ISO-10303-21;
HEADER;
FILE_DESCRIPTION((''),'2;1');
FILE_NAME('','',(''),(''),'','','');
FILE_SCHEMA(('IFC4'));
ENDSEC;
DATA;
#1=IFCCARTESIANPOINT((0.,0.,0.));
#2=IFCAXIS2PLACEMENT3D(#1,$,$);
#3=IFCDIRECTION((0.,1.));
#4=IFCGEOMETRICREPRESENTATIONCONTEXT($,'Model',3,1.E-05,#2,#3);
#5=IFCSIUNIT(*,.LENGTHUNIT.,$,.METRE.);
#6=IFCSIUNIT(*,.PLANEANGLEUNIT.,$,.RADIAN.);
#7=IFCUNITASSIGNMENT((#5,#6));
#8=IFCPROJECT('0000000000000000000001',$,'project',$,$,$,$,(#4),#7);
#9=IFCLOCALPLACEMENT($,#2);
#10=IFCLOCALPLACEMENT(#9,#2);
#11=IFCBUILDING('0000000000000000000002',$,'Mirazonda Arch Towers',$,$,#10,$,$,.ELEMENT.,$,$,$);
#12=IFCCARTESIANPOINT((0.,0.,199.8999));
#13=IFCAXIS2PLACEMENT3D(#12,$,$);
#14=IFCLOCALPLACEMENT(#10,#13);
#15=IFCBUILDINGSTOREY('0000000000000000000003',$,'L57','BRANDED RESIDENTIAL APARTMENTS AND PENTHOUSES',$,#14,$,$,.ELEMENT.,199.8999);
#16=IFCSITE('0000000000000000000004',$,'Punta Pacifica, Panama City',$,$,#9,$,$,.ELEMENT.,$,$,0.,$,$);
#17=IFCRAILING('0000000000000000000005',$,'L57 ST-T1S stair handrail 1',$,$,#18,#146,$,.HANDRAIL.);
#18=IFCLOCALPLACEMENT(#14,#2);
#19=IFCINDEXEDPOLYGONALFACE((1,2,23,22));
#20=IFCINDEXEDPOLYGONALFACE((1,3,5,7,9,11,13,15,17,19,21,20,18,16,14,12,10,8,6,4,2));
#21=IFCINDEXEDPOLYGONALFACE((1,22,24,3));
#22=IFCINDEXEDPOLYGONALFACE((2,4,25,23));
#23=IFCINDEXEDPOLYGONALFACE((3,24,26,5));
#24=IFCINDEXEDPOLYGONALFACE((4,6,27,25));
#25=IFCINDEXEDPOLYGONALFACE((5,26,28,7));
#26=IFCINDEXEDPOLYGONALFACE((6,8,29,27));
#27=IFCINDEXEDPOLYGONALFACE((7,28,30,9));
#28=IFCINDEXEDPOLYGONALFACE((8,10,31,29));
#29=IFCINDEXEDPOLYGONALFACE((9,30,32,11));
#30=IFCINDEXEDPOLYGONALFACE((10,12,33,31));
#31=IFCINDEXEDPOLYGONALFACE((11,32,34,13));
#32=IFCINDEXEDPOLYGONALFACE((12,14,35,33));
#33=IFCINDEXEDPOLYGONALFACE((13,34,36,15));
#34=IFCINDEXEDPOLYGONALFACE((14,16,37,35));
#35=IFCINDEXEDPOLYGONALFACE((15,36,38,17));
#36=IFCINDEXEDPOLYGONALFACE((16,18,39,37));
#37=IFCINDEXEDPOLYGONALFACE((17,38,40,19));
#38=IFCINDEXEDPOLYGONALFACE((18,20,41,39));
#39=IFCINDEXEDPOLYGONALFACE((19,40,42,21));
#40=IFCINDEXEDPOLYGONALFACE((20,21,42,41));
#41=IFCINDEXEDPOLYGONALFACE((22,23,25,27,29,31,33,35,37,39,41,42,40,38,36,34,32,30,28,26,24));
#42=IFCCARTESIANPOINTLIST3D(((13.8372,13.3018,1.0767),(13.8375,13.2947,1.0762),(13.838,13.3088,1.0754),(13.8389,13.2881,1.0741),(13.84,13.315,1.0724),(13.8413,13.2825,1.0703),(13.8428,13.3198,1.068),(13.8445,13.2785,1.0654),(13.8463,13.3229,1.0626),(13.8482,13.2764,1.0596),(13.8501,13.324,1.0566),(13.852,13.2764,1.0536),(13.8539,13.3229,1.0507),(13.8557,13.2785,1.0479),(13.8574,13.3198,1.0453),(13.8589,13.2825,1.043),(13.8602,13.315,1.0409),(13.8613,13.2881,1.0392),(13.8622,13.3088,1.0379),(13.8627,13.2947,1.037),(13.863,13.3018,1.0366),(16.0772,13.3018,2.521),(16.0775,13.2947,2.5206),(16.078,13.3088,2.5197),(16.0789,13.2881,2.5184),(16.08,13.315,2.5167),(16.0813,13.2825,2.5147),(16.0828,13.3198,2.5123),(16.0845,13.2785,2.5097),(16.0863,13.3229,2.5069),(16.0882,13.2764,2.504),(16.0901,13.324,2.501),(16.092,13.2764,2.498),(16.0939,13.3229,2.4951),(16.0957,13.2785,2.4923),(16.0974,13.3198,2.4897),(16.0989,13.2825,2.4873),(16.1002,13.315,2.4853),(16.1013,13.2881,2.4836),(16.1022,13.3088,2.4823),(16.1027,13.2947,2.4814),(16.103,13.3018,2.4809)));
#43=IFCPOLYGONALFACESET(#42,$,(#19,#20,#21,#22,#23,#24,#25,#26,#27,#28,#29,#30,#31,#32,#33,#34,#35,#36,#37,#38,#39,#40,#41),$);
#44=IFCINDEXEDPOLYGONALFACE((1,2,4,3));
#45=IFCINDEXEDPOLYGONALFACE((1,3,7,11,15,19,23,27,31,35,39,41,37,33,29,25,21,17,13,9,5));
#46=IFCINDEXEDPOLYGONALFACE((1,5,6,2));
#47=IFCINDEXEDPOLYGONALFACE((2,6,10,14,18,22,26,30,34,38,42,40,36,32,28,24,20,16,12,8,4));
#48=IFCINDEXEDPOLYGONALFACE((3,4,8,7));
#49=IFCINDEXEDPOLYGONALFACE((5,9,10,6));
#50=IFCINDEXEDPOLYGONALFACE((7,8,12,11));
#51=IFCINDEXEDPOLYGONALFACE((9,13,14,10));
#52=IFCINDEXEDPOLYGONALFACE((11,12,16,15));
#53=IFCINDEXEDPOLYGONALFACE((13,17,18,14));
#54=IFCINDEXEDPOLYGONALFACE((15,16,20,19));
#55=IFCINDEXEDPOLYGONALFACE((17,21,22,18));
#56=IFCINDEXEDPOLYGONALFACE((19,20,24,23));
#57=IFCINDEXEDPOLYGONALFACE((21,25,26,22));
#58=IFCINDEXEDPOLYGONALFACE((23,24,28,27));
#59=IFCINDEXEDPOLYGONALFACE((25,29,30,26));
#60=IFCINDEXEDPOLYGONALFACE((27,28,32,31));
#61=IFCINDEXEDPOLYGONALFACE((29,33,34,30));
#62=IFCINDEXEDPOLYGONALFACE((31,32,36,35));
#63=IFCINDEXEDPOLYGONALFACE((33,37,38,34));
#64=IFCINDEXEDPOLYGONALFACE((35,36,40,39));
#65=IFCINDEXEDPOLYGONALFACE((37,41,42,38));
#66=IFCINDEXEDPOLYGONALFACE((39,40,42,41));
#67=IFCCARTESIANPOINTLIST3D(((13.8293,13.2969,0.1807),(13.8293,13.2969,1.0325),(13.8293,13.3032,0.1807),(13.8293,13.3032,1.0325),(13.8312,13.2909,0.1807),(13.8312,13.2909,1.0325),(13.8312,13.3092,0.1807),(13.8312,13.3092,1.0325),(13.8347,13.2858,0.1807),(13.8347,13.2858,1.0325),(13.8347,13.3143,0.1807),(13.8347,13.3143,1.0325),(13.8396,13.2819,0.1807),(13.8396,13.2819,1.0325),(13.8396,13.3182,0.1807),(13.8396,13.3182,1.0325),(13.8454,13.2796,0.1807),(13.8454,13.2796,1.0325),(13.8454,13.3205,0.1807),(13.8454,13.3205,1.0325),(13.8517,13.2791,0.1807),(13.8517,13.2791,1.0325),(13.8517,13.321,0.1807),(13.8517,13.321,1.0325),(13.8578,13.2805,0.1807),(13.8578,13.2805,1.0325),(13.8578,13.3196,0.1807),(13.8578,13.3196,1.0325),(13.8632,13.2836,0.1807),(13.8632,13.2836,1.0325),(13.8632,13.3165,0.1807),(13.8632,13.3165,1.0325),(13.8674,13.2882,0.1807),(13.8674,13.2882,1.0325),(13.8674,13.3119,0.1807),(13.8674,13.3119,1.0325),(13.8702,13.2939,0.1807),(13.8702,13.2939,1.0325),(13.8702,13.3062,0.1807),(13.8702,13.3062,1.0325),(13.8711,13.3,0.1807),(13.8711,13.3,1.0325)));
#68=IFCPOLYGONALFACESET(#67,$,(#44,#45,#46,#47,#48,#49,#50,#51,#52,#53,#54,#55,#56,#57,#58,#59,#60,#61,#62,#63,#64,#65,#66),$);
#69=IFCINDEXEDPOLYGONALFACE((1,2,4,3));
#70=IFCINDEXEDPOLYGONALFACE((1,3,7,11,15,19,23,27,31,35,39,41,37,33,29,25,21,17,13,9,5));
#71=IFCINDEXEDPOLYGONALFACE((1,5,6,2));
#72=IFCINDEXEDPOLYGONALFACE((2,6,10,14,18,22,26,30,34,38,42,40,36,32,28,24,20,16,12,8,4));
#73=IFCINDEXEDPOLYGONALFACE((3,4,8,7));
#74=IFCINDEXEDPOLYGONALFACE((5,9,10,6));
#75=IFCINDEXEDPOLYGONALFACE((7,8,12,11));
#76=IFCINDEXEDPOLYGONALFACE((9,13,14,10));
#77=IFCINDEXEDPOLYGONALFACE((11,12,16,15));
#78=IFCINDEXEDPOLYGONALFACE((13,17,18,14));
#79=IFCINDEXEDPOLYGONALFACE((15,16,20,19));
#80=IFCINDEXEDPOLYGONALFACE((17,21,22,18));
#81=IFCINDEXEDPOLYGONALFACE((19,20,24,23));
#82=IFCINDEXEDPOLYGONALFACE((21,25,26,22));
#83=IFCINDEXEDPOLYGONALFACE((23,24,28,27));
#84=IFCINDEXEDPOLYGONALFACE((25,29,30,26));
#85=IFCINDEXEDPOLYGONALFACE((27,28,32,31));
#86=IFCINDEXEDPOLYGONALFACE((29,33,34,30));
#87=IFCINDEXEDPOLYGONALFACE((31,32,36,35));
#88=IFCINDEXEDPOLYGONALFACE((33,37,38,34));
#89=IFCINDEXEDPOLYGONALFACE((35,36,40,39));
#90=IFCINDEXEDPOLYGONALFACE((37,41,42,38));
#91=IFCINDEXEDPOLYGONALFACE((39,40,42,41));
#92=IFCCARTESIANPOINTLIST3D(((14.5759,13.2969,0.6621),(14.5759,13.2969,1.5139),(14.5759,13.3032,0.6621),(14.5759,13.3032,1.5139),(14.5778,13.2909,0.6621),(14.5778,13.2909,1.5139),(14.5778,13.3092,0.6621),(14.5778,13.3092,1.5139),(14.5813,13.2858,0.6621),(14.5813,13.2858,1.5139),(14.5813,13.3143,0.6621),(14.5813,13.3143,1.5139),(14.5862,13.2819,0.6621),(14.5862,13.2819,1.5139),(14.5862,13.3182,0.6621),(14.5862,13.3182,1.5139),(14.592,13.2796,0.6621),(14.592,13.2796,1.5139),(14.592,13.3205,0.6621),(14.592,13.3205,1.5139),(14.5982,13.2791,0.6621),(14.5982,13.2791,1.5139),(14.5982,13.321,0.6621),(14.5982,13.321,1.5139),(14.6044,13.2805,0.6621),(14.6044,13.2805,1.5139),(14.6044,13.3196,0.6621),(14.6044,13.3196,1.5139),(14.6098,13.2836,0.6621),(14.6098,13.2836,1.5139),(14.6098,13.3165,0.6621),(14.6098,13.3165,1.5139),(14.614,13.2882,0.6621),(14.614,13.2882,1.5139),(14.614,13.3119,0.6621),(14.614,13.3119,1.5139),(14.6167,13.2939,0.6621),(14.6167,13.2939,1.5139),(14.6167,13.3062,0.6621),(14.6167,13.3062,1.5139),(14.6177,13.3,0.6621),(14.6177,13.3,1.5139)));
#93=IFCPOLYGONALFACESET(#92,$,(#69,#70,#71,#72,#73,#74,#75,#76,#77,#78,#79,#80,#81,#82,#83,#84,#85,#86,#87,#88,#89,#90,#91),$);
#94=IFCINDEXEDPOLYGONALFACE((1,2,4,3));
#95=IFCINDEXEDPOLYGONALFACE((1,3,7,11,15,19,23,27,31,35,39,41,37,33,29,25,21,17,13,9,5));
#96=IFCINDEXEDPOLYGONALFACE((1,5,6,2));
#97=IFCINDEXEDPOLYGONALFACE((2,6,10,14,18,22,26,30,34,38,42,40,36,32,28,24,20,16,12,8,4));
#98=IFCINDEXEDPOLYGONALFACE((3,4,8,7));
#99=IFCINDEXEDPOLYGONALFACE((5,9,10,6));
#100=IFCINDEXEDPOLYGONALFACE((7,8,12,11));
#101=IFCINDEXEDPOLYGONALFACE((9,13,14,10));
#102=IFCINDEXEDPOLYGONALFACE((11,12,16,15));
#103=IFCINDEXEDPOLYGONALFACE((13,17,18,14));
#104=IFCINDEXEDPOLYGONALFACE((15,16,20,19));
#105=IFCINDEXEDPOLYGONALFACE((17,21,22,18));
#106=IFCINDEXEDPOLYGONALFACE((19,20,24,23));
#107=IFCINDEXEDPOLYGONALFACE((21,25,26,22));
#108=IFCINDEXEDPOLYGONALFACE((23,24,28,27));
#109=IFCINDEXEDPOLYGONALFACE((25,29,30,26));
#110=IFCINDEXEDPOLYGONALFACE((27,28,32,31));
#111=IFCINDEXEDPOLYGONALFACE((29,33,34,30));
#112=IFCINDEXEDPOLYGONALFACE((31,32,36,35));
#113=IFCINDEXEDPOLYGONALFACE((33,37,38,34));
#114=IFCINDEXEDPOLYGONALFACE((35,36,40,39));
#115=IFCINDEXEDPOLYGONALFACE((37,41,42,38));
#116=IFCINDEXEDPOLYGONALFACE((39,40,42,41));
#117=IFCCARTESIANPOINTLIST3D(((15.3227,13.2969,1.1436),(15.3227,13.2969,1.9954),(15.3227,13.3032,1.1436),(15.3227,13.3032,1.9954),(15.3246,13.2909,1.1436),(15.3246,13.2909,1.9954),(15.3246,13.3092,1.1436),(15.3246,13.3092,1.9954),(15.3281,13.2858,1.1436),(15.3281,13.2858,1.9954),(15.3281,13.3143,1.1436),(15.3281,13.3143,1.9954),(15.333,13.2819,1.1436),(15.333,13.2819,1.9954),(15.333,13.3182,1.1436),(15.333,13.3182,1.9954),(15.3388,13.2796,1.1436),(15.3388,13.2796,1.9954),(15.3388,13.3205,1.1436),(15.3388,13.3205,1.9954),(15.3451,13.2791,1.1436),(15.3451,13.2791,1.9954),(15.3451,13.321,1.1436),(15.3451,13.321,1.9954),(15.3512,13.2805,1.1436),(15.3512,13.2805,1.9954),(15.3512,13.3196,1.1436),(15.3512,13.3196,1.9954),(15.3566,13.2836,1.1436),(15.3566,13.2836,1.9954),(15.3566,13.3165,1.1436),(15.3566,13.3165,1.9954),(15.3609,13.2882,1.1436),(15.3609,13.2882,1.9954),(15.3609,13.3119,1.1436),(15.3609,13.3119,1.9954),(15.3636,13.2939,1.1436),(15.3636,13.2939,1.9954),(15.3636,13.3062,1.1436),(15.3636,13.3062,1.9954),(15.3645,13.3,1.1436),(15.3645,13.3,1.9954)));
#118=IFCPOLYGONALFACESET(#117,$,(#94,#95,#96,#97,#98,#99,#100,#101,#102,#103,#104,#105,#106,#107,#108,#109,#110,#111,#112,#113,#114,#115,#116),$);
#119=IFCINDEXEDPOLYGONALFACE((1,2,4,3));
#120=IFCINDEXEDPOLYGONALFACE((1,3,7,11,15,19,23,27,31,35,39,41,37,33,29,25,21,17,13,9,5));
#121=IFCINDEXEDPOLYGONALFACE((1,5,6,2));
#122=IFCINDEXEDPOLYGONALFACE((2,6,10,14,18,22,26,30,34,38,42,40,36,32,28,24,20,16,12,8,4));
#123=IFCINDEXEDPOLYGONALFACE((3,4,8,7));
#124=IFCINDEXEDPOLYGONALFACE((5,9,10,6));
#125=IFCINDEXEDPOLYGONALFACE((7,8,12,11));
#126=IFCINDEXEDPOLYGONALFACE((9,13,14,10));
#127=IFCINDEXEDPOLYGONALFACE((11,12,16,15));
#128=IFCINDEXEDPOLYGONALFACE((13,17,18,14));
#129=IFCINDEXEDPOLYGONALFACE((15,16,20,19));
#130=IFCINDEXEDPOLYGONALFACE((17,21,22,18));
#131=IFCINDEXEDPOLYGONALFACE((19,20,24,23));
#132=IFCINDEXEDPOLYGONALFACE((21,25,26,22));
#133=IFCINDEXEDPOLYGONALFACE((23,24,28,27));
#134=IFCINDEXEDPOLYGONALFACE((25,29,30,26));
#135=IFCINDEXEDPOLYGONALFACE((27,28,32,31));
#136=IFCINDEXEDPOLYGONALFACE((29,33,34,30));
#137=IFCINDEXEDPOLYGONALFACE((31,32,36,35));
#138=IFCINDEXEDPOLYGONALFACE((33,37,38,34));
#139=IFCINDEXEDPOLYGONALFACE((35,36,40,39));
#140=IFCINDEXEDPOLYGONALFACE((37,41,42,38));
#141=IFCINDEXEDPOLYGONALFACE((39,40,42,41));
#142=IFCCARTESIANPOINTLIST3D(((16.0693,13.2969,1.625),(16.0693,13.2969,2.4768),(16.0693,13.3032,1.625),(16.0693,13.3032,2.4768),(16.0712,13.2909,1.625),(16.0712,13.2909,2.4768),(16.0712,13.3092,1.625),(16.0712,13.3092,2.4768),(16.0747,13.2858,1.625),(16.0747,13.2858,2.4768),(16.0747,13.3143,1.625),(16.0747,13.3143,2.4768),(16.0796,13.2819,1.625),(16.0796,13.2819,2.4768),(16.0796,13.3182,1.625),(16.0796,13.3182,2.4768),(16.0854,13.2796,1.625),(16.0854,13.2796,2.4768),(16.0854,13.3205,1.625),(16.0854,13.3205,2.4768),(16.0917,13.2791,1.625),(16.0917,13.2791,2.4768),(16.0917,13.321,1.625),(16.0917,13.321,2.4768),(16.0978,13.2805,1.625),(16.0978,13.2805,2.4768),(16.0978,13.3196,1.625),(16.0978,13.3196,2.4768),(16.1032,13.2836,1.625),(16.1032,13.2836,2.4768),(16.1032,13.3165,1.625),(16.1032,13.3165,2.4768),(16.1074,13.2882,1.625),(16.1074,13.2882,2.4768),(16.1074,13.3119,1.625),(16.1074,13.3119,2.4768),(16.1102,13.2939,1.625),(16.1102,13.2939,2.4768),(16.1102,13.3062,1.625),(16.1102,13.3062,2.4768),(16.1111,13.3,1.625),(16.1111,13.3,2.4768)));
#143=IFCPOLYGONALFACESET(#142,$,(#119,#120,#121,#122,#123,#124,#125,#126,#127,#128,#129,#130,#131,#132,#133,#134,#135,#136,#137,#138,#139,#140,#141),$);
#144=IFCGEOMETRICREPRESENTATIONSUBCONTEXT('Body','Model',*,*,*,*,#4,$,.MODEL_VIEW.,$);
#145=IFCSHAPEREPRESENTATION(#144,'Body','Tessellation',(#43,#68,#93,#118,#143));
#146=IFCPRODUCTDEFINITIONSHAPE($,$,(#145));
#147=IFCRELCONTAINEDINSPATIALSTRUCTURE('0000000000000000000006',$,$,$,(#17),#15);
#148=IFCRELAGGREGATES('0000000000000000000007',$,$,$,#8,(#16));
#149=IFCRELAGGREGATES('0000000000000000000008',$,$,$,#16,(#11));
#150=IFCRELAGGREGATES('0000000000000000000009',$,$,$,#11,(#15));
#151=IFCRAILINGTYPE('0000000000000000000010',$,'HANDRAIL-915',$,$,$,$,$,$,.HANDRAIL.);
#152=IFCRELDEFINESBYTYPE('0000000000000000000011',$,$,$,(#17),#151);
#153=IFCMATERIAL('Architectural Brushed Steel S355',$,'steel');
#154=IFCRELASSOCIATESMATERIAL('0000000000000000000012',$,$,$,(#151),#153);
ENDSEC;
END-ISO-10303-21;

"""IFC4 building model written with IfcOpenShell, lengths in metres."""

from ifc_helpers import new_model, si_unit, direction, frame, origin, origin_2d, place, context, subcontext, project, spatial, circle, extrude, material, type_object, element, save


model = new_model("IFC4")

# Units and contexts
model_context = context("Model", 3, precision=1e-05, world=origin(), true_north=direction((0.0, 1.0)))
body_context = subcontext(model_context, "Body", "Model", "MODEL_VIEW")
ifc_project = project(units=[si_unit("LENGTHUNIT", "METRE"), si_unit("PLANEANGLEUNIT", "RADIAN")], contexts=[model_context])

# Site, building, storey
site_placement = place(None, origin())
site = spatial("IfcSite", under=ifc_project, at=site_placement, Name="Punta Pacifica, Panama City", CompositionType="ELEMENT", RefElevation=0.0)
building_placement = place(site_placement, origin())
building = spatial("IfcBuilding", under=site, at=building_placement, Name="Mirazonda Arch Towers", CompositionType="ELEMENT")
storey_placement = place(building_placement, frame((0.0, 0.0, 199.8999)))
storey = spatial("IfcBuildingStorey", under=building, at=storey_placement, Name="L57", Description="BRANDED RESIDENTIAL APARTMENTS AND PENTHOUSES", CompositionType="ELEMENT", Elevation=199.8999)

# Shared definitions
ifc_material_1 = material(Name="Architectural Brushed Steel S355", Category="steel")

# Railing
railing_type_1 = type_object("IfcRailingType", Name="HANDRAIL-915", PredefinedType="HANDRAIL", material=ifc_material_1)
railing_1_placement = place(storey_placement, frame((13.8501, 13.3, 0.1807)))
element("IfcRailing", 1, at=railing_1_placement, inside=storey, type_object=railing_type_1, Name="L57 ST-T1S stair handrail 1", PredefinedType="HANDRAIL", context=body_context, shape_type="SweptSolid", body=[
    extrude(circle(Radius=0.0239, at=origin_2d()), frame((0.0, 0.0, 0.876), z_axis=(0.840437, 0.0, 0.54191), x_axis=(0.0, 1.0, 0.0)), (0.0, 0.0, 1.0), 2.6653),
    extrude(circle(Radius=0.021, at=origin_2d()), origin(), (0.0, 0.0, 1.0), 0.8518),
    extrude(circle(Radius=0.021, at=origin_2d()), frame((0.7466, 0.0, 0.4814)), (0.0, 0.0, 1.0), 0.8518),
    extrude(circle(Radius=0.021, at=origin_2d()), frame((1.4934, 0.0, 0.9629)), (0.0, 0.0, 1.0), 0.8518),
    extrude(circle(Radius=0.021, at=origin_2d()), frame((2.24, 0.0, 1.4443)), (0.0, 0.0, 1.0), 0.8518),
])

save(model, "model.ifc")
